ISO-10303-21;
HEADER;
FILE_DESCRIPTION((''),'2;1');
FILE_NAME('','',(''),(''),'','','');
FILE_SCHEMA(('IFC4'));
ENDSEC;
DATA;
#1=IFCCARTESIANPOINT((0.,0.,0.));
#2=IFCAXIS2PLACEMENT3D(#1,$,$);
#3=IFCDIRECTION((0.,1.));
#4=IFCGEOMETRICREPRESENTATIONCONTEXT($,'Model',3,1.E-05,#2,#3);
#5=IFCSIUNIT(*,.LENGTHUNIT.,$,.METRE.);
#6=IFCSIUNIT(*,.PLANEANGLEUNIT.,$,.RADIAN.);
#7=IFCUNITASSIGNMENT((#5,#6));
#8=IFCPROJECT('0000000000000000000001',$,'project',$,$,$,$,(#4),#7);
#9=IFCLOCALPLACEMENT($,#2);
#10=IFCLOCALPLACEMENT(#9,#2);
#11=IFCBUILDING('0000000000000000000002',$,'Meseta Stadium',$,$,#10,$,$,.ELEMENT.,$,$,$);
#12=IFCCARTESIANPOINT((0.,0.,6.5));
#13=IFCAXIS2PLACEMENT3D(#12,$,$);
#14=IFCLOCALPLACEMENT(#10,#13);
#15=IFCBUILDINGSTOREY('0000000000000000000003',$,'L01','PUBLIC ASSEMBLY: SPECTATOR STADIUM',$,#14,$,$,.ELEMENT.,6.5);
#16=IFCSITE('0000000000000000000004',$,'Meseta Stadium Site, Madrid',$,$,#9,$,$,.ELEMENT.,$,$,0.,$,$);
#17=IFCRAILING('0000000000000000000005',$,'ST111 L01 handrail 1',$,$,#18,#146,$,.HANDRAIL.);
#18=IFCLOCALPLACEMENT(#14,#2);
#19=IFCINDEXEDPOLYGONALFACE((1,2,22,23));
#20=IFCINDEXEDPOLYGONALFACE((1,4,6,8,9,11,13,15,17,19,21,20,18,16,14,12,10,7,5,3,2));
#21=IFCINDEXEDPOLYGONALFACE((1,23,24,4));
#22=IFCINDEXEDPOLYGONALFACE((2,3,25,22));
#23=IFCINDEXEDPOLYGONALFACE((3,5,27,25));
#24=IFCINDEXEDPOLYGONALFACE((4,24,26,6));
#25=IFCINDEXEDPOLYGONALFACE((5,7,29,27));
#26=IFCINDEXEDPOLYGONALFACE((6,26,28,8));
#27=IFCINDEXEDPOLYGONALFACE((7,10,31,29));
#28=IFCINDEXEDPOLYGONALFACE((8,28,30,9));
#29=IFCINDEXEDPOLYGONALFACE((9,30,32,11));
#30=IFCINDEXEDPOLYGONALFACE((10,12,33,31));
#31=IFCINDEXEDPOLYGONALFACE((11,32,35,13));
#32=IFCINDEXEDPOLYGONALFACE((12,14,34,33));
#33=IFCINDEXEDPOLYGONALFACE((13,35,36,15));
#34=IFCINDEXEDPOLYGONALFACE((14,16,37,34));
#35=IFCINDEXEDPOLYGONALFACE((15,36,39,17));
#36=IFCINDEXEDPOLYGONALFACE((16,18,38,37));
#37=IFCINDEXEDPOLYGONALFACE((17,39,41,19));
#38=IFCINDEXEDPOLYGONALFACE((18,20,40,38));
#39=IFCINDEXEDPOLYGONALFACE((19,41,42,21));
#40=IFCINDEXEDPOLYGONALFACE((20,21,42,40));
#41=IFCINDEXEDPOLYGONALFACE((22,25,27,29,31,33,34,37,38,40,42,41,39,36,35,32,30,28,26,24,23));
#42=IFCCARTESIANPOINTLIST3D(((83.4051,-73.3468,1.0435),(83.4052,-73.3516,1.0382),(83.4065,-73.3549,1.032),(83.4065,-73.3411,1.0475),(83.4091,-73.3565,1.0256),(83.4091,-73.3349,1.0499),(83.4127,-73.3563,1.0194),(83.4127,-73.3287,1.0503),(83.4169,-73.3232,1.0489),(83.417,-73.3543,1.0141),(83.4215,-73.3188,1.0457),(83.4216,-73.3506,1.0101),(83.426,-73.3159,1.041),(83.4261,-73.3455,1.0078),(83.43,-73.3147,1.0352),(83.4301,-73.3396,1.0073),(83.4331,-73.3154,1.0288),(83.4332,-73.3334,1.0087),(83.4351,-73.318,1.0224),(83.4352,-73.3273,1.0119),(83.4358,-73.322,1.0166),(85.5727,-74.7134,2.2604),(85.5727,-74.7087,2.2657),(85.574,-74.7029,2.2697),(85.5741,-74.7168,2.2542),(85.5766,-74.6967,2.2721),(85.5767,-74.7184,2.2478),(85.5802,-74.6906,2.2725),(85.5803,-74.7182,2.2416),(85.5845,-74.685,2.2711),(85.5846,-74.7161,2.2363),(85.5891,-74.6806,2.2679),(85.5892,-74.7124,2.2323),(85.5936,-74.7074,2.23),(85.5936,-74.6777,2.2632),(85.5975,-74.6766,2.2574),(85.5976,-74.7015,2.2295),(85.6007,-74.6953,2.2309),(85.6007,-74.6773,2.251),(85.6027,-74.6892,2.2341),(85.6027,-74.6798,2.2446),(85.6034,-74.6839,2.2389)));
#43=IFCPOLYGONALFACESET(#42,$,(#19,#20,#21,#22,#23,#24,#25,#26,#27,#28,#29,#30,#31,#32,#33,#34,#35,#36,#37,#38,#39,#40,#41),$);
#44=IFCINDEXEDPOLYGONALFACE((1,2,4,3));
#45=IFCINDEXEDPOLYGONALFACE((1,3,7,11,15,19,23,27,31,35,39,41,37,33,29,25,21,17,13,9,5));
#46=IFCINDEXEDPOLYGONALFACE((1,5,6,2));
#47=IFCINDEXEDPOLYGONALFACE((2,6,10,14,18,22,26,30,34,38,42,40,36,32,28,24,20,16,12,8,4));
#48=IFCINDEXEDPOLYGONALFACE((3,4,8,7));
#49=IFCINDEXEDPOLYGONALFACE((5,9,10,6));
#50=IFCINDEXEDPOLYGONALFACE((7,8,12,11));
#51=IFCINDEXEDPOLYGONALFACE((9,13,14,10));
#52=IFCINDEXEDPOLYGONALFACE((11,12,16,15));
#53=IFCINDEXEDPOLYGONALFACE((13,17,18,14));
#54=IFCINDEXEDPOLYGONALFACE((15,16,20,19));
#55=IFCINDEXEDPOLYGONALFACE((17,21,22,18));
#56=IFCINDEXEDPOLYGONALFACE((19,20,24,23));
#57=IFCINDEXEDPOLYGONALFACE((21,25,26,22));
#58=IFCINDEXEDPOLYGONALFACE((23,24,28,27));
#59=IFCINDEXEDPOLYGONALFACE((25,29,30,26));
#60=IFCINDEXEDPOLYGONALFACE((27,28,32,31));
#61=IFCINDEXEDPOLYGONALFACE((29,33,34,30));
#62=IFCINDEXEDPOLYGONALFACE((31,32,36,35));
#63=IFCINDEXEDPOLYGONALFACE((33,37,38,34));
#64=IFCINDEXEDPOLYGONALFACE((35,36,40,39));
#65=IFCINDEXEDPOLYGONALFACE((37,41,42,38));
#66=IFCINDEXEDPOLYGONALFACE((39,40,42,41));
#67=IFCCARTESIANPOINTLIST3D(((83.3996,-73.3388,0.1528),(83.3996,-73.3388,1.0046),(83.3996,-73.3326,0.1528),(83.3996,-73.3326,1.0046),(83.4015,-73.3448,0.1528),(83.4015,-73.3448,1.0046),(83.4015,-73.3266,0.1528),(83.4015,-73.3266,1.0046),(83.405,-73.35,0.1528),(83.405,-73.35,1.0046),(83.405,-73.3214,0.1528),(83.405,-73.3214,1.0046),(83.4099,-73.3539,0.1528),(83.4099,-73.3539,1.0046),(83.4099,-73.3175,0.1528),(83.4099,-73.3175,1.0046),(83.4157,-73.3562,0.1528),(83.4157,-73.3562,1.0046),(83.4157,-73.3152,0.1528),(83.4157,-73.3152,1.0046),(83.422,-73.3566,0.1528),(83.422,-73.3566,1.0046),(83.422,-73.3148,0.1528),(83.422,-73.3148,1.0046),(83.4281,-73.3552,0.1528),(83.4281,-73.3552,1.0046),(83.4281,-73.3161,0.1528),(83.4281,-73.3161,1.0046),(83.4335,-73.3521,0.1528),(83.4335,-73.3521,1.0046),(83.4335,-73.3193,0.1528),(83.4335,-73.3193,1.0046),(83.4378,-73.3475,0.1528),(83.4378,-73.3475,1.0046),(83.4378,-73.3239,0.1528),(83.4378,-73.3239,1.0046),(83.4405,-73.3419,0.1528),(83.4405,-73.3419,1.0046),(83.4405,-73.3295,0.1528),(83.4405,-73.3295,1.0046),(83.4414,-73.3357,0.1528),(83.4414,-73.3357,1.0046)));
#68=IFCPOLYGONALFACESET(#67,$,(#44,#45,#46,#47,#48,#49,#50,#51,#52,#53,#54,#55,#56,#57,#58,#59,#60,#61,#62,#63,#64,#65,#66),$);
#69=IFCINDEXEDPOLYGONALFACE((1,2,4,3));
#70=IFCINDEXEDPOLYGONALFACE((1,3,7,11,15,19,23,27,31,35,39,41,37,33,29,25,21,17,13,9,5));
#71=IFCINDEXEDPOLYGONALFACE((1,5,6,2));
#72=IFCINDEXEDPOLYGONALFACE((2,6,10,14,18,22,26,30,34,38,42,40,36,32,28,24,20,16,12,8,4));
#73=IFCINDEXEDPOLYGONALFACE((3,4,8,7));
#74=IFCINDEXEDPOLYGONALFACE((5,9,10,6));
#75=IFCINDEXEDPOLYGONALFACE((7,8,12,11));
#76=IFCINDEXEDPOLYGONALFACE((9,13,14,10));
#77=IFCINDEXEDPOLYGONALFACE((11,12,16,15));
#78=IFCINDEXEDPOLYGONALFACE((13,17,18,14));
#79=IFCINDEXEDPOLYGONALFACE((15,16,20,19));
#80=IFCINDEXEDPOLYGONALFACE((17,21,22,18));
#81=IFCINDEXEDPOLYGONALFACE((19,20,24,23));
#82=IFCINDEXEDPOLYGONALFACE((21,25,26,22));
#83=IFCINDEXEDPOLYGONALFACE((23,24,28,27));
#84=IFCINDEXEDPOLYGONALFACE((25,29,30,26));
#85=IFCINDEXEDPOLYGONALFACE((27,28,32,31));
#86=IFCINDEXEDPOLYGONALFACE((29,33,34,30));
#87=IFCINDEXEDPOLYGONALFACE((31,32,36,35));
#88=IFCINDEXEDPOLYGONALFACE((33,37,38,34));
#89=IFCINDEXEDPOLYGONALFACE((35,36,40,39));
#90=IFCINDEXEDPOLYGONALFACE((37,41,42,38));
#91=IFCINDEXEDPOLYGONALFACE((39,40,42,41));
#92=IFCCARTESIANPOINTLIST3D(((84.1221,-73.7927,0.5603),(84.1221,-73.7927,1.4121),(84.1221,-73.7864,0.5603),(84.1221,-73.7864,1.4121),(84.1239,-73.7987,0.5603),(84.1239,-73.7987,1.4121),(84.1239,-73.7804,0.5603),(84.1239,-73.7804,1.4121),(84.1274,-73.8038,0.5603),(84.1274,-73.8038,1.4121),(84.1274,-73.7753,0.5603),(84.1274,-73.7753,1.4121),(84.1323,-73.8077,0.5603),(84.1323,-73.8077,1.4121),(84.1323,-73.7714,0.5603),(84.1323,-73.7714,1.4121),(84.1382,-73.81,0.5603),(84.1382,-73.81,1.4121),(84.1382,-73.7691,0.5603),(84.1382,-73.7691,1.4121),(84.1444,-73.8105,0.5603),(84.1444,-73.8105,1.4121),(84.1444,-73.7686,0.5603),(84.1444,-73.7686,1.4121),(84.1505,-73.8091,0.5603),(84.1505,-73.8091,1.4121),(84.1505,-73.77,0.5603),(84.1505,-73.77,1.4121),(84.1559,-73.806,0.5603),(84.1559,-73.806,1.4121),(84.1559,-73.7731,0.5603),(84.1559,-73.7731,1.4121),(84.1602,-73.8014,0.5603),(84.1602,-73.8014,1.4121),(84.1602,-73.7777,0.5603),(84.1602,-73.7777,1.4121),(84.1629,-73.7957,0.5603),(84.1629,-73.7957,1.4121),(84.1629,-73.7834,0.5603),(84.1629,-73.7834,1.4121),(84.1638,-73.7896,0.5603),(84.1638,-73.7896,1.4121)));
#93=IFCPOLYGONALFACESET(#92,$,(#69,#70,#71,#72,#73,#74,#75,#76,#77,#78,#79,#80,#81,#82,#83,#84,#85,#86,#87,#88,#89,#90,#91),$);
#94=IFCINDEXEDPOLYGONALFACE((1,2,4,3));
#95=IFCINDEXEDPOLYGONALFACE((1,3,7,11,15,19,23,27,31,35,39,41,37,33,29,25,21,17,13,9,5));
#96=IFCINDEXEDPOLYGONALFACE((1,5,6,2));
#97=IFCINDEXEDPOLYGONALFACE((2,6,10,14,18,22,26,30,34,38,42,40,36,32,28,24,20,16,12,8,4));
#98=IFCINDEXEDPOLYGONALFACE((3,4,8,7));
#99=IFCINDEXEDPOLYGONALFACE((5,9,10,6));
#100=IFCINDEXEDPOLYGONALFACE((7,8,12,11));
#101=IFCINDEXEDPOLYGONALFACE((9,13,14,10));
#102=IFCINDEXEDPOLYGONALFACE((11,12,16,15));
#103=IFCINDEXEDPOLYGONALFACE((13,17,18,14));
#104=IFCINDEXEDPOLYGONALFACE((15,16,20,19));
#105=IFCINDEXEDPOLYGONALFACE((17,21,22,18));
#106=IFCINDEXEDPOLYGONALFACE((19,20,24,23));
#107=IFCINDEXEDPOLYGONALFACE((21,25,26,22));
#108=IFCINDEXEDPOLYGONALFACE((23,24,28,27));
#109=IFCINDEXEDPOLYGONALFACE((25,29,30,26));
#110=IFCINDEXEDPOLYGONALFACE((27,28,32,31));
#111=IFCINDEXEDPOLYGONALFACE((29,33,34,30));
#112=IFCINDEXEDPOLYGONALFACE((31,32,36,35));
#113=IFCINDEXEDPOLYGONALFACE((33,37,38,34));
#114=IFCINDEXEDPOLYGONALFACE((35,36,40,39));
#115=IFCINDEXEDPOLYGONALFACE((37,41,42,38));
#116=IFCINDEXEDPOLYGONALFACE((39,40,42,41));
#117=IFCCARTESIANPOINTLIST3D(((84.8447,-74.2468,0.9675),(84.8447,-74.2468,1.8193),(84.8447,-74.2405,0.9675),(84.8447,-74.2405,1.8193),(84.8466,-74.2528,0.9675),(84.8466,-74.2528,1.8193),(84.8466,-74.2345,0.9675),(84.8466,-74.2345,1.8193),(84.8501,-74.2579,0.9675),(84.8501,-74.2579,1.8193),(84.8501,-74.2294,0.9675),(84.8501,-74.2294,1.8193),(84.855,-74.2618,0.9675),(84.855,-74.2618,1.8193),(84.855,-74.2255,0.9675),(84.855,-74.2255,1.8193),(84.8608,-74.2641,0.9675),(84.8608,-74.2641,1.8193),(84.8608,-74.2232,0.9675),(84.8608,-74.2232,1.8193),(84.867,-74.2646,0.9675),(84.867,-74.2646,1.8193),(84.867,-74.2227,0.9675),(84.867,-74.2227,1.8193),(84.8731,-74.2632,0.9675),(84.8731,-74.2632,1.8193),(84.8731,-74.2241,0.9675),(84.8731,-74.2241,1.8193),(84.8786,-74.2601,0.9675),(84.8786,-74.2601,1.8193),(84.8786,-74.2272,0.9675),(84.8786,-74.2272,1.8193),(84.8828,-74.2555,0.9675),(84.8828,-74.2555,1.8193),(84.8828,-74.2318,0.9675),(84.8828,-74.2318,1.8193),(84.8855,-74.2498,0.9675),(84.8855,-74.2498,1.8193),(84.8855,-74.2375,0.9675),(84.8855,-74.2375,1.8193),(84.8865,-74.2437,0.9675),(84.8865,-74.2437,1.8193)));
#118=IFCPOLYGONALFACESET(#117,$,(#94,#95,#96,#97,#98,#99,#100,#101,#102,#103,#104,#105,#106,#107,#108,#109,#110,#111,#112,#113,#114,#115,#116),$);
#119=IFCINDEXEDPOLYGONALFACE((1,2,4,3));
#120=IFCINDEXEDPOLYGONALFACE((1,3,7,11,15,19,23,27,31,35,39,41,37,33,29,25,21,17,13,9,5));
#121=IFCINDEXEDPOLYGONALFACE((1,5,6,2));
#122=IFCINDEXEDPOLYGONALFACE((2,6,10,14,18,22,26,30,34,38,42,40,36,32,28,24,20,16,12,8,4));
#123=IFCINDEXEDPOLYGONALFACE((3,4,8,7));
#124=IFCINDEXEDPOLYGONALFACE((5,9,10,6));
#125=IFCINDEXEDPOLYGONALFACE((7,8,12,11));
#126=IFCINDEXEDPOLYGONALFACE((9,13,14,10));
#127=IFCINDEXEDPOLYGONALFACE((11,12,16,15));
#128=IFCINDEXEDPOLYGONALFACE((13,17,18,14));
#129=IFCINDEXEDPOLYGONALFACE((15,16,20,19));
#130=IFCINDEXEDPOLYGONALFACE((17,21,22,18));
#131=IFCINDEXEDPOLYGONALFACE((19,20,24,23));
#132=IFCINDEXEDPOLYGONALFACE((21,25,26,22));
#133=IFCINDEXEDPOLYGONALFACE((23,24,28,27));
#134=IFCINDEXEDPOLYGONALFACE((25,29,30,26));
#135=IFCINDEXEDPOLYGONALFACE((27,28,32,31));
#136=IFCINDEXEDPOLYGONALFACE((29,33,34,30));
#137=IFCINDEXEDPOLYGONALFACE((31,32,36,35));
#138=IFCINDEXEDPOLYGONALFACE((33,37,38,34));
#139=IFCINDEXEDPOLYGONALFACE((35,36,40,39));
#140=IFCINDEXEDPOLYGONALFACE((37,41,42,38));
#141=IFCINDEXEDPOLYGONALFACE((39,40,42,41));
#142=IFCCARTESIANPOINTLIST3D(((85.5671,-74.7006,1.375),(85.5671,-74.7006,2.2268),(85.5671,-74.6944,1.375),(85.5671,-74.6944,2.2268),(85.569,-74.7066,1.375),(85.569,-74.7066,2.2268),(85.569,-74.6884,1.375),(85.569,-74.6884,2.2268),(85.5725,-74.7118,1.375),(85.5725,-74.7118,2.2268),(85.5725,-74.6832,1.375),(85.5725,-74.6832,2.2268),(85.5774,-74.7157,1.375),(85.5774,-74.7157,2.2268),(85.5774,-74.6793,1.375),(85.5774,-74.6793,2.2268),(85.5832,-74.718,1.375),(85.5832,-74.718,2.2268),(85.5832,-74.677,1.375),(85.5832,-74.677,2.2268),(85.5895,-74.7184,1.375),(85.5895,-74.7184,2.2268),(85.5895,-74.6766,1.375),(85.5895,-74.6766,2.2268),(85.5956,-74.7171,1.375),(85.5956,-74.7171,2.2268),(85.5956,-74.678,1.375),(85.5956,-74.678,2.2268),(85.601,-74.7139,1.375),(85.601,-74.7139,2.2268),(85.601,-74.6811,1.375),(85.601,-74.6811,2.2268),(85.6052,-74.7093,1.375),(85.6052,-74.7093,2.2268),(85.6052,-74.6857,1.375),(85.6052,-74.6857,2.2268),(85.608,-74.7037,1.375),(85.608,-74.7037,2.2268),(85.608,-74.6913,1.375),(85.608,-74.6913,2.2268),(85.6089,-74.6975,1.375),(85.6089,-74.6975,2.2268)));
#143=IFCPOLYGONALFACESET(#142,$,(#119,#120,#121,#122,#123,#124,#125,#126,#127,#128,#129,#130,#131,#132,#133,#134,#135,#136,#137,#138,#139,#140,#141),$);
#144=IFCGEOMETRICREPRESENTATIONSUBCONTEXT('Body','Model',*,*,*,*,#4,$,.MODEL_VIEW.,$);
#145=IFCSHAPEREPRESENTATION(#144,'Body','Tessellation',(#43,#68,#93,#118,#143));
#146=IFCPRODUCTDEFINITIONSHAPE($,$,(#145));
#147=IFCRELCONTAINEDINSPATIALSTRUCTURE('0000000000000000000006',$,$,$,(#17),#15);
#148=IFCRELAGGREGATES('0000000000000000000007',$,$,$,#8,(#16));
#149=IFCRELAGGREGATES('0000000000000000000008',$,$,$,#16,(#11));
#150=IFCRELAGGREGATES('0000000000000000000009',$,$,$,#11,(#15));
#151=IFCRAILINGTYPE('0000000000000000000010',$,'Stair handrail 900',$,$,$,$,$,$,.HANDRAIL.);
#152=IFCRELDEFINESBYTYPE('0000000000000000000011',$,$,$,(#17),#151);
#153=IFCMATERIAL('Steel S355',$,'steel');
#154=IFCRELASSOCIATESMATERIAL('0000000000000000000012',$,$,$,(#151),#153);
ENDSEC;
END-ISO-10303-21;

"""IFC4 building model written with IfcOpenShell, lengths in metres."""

from ifc_helpers import new_model, si_unit, direction, frame, origin, origin_2d, place, context, subcontext, project, spatial, circle, extrude, material, type_object, element, save


model = new_model("IFC4")

# Units and contexts
model_context = context("Model", 3, precision=1e-05, world=origin(), true_north=direction((0.0, 1.0)))
body_context = subcontext(model_context, "Body", "Model", "MODEL_VIEW")
ifc_project = project(units=[si_unit("LENGTHUNIT", "METRE"), si_unit("PLANEANGLEUNIT", "RADIAN")], contexts=[model_context])

# Site, building, storey
site_placement = place(None, origin())
site = spatial("IfcSite", under=ifc_project, at=site_placement, Name="Meseta Stadium Site, Madrid", CompositionType="ELEMENT", RefElevation=0.0)
building_placement = place(site_placement, origin())
building = spatial("IfcBuilding", under=site, at=building_placement, Name="Meseta Stadium", CompositionType="ELEMENT")
storey_placement = place(building_placement, frame((0.0, 0.0, 6.5)))
storey = spatial("IfcBuildingStorey", under=building, at=storey_placement, Name="L01", Description="PUBLIC ASSEMBLY: SPECTATOR STADIUM", CompositionType="ELEMENT", Elevation=6.5)

# Railing
ifc_material_1 = material(Name="Steel S355", Category="steel")
railing_type_1 = type_object("IfcRailingType", Name="Stair handrail 900", PredefinedType="HANDRAIL", material=ifc_material_1)
for number, where, name in (
    (1, (83.4204, -73.3357, 0.1528), "ST111 L01 handrail 1"),
):
    element("IfcRailing", number, at=place(storey_placement, frame(where)), inside=storey, type_object=railing_type_1, Name=name, PredefinedType="HANDRAIL", context=body_context, shape_type="SweptSolid", body=[
        extrude(circle(Radius=0.0239, at=origin_2d()), frame((0.0, 0.0, 0.876), z_axis=(0.764116, -0.48009, 0.430859), x_axis=(0.532004, 0.846742, 0.0)), (0.0, 0.0, 1.0), 2.8367),
        extrude(circle(Radius=0.021, at=origin_2d()), origin(), (0.0, 0.0, 1.0), 0.8518),
        extrude(circle(Radius=0.021, at=origin_2d()), frame((0.7224, -0.4539, 0.4075)), (0.0, 0.0, 1.0), 0.8518),
        extrude(circle(Radius=0.021, at=origin_2d()), frame((1.4451, -0.908, 0.8147)), (0.0, 0.0, 1.0), 0.8518),
        extrude(circle(Radius=0.021, at=origin_2d()), frame((2.1675, -1.3618, 1.2222)), (0.0, 0.0, 1.0), 0.8518),
    ])

save(model, "model.ifc")
